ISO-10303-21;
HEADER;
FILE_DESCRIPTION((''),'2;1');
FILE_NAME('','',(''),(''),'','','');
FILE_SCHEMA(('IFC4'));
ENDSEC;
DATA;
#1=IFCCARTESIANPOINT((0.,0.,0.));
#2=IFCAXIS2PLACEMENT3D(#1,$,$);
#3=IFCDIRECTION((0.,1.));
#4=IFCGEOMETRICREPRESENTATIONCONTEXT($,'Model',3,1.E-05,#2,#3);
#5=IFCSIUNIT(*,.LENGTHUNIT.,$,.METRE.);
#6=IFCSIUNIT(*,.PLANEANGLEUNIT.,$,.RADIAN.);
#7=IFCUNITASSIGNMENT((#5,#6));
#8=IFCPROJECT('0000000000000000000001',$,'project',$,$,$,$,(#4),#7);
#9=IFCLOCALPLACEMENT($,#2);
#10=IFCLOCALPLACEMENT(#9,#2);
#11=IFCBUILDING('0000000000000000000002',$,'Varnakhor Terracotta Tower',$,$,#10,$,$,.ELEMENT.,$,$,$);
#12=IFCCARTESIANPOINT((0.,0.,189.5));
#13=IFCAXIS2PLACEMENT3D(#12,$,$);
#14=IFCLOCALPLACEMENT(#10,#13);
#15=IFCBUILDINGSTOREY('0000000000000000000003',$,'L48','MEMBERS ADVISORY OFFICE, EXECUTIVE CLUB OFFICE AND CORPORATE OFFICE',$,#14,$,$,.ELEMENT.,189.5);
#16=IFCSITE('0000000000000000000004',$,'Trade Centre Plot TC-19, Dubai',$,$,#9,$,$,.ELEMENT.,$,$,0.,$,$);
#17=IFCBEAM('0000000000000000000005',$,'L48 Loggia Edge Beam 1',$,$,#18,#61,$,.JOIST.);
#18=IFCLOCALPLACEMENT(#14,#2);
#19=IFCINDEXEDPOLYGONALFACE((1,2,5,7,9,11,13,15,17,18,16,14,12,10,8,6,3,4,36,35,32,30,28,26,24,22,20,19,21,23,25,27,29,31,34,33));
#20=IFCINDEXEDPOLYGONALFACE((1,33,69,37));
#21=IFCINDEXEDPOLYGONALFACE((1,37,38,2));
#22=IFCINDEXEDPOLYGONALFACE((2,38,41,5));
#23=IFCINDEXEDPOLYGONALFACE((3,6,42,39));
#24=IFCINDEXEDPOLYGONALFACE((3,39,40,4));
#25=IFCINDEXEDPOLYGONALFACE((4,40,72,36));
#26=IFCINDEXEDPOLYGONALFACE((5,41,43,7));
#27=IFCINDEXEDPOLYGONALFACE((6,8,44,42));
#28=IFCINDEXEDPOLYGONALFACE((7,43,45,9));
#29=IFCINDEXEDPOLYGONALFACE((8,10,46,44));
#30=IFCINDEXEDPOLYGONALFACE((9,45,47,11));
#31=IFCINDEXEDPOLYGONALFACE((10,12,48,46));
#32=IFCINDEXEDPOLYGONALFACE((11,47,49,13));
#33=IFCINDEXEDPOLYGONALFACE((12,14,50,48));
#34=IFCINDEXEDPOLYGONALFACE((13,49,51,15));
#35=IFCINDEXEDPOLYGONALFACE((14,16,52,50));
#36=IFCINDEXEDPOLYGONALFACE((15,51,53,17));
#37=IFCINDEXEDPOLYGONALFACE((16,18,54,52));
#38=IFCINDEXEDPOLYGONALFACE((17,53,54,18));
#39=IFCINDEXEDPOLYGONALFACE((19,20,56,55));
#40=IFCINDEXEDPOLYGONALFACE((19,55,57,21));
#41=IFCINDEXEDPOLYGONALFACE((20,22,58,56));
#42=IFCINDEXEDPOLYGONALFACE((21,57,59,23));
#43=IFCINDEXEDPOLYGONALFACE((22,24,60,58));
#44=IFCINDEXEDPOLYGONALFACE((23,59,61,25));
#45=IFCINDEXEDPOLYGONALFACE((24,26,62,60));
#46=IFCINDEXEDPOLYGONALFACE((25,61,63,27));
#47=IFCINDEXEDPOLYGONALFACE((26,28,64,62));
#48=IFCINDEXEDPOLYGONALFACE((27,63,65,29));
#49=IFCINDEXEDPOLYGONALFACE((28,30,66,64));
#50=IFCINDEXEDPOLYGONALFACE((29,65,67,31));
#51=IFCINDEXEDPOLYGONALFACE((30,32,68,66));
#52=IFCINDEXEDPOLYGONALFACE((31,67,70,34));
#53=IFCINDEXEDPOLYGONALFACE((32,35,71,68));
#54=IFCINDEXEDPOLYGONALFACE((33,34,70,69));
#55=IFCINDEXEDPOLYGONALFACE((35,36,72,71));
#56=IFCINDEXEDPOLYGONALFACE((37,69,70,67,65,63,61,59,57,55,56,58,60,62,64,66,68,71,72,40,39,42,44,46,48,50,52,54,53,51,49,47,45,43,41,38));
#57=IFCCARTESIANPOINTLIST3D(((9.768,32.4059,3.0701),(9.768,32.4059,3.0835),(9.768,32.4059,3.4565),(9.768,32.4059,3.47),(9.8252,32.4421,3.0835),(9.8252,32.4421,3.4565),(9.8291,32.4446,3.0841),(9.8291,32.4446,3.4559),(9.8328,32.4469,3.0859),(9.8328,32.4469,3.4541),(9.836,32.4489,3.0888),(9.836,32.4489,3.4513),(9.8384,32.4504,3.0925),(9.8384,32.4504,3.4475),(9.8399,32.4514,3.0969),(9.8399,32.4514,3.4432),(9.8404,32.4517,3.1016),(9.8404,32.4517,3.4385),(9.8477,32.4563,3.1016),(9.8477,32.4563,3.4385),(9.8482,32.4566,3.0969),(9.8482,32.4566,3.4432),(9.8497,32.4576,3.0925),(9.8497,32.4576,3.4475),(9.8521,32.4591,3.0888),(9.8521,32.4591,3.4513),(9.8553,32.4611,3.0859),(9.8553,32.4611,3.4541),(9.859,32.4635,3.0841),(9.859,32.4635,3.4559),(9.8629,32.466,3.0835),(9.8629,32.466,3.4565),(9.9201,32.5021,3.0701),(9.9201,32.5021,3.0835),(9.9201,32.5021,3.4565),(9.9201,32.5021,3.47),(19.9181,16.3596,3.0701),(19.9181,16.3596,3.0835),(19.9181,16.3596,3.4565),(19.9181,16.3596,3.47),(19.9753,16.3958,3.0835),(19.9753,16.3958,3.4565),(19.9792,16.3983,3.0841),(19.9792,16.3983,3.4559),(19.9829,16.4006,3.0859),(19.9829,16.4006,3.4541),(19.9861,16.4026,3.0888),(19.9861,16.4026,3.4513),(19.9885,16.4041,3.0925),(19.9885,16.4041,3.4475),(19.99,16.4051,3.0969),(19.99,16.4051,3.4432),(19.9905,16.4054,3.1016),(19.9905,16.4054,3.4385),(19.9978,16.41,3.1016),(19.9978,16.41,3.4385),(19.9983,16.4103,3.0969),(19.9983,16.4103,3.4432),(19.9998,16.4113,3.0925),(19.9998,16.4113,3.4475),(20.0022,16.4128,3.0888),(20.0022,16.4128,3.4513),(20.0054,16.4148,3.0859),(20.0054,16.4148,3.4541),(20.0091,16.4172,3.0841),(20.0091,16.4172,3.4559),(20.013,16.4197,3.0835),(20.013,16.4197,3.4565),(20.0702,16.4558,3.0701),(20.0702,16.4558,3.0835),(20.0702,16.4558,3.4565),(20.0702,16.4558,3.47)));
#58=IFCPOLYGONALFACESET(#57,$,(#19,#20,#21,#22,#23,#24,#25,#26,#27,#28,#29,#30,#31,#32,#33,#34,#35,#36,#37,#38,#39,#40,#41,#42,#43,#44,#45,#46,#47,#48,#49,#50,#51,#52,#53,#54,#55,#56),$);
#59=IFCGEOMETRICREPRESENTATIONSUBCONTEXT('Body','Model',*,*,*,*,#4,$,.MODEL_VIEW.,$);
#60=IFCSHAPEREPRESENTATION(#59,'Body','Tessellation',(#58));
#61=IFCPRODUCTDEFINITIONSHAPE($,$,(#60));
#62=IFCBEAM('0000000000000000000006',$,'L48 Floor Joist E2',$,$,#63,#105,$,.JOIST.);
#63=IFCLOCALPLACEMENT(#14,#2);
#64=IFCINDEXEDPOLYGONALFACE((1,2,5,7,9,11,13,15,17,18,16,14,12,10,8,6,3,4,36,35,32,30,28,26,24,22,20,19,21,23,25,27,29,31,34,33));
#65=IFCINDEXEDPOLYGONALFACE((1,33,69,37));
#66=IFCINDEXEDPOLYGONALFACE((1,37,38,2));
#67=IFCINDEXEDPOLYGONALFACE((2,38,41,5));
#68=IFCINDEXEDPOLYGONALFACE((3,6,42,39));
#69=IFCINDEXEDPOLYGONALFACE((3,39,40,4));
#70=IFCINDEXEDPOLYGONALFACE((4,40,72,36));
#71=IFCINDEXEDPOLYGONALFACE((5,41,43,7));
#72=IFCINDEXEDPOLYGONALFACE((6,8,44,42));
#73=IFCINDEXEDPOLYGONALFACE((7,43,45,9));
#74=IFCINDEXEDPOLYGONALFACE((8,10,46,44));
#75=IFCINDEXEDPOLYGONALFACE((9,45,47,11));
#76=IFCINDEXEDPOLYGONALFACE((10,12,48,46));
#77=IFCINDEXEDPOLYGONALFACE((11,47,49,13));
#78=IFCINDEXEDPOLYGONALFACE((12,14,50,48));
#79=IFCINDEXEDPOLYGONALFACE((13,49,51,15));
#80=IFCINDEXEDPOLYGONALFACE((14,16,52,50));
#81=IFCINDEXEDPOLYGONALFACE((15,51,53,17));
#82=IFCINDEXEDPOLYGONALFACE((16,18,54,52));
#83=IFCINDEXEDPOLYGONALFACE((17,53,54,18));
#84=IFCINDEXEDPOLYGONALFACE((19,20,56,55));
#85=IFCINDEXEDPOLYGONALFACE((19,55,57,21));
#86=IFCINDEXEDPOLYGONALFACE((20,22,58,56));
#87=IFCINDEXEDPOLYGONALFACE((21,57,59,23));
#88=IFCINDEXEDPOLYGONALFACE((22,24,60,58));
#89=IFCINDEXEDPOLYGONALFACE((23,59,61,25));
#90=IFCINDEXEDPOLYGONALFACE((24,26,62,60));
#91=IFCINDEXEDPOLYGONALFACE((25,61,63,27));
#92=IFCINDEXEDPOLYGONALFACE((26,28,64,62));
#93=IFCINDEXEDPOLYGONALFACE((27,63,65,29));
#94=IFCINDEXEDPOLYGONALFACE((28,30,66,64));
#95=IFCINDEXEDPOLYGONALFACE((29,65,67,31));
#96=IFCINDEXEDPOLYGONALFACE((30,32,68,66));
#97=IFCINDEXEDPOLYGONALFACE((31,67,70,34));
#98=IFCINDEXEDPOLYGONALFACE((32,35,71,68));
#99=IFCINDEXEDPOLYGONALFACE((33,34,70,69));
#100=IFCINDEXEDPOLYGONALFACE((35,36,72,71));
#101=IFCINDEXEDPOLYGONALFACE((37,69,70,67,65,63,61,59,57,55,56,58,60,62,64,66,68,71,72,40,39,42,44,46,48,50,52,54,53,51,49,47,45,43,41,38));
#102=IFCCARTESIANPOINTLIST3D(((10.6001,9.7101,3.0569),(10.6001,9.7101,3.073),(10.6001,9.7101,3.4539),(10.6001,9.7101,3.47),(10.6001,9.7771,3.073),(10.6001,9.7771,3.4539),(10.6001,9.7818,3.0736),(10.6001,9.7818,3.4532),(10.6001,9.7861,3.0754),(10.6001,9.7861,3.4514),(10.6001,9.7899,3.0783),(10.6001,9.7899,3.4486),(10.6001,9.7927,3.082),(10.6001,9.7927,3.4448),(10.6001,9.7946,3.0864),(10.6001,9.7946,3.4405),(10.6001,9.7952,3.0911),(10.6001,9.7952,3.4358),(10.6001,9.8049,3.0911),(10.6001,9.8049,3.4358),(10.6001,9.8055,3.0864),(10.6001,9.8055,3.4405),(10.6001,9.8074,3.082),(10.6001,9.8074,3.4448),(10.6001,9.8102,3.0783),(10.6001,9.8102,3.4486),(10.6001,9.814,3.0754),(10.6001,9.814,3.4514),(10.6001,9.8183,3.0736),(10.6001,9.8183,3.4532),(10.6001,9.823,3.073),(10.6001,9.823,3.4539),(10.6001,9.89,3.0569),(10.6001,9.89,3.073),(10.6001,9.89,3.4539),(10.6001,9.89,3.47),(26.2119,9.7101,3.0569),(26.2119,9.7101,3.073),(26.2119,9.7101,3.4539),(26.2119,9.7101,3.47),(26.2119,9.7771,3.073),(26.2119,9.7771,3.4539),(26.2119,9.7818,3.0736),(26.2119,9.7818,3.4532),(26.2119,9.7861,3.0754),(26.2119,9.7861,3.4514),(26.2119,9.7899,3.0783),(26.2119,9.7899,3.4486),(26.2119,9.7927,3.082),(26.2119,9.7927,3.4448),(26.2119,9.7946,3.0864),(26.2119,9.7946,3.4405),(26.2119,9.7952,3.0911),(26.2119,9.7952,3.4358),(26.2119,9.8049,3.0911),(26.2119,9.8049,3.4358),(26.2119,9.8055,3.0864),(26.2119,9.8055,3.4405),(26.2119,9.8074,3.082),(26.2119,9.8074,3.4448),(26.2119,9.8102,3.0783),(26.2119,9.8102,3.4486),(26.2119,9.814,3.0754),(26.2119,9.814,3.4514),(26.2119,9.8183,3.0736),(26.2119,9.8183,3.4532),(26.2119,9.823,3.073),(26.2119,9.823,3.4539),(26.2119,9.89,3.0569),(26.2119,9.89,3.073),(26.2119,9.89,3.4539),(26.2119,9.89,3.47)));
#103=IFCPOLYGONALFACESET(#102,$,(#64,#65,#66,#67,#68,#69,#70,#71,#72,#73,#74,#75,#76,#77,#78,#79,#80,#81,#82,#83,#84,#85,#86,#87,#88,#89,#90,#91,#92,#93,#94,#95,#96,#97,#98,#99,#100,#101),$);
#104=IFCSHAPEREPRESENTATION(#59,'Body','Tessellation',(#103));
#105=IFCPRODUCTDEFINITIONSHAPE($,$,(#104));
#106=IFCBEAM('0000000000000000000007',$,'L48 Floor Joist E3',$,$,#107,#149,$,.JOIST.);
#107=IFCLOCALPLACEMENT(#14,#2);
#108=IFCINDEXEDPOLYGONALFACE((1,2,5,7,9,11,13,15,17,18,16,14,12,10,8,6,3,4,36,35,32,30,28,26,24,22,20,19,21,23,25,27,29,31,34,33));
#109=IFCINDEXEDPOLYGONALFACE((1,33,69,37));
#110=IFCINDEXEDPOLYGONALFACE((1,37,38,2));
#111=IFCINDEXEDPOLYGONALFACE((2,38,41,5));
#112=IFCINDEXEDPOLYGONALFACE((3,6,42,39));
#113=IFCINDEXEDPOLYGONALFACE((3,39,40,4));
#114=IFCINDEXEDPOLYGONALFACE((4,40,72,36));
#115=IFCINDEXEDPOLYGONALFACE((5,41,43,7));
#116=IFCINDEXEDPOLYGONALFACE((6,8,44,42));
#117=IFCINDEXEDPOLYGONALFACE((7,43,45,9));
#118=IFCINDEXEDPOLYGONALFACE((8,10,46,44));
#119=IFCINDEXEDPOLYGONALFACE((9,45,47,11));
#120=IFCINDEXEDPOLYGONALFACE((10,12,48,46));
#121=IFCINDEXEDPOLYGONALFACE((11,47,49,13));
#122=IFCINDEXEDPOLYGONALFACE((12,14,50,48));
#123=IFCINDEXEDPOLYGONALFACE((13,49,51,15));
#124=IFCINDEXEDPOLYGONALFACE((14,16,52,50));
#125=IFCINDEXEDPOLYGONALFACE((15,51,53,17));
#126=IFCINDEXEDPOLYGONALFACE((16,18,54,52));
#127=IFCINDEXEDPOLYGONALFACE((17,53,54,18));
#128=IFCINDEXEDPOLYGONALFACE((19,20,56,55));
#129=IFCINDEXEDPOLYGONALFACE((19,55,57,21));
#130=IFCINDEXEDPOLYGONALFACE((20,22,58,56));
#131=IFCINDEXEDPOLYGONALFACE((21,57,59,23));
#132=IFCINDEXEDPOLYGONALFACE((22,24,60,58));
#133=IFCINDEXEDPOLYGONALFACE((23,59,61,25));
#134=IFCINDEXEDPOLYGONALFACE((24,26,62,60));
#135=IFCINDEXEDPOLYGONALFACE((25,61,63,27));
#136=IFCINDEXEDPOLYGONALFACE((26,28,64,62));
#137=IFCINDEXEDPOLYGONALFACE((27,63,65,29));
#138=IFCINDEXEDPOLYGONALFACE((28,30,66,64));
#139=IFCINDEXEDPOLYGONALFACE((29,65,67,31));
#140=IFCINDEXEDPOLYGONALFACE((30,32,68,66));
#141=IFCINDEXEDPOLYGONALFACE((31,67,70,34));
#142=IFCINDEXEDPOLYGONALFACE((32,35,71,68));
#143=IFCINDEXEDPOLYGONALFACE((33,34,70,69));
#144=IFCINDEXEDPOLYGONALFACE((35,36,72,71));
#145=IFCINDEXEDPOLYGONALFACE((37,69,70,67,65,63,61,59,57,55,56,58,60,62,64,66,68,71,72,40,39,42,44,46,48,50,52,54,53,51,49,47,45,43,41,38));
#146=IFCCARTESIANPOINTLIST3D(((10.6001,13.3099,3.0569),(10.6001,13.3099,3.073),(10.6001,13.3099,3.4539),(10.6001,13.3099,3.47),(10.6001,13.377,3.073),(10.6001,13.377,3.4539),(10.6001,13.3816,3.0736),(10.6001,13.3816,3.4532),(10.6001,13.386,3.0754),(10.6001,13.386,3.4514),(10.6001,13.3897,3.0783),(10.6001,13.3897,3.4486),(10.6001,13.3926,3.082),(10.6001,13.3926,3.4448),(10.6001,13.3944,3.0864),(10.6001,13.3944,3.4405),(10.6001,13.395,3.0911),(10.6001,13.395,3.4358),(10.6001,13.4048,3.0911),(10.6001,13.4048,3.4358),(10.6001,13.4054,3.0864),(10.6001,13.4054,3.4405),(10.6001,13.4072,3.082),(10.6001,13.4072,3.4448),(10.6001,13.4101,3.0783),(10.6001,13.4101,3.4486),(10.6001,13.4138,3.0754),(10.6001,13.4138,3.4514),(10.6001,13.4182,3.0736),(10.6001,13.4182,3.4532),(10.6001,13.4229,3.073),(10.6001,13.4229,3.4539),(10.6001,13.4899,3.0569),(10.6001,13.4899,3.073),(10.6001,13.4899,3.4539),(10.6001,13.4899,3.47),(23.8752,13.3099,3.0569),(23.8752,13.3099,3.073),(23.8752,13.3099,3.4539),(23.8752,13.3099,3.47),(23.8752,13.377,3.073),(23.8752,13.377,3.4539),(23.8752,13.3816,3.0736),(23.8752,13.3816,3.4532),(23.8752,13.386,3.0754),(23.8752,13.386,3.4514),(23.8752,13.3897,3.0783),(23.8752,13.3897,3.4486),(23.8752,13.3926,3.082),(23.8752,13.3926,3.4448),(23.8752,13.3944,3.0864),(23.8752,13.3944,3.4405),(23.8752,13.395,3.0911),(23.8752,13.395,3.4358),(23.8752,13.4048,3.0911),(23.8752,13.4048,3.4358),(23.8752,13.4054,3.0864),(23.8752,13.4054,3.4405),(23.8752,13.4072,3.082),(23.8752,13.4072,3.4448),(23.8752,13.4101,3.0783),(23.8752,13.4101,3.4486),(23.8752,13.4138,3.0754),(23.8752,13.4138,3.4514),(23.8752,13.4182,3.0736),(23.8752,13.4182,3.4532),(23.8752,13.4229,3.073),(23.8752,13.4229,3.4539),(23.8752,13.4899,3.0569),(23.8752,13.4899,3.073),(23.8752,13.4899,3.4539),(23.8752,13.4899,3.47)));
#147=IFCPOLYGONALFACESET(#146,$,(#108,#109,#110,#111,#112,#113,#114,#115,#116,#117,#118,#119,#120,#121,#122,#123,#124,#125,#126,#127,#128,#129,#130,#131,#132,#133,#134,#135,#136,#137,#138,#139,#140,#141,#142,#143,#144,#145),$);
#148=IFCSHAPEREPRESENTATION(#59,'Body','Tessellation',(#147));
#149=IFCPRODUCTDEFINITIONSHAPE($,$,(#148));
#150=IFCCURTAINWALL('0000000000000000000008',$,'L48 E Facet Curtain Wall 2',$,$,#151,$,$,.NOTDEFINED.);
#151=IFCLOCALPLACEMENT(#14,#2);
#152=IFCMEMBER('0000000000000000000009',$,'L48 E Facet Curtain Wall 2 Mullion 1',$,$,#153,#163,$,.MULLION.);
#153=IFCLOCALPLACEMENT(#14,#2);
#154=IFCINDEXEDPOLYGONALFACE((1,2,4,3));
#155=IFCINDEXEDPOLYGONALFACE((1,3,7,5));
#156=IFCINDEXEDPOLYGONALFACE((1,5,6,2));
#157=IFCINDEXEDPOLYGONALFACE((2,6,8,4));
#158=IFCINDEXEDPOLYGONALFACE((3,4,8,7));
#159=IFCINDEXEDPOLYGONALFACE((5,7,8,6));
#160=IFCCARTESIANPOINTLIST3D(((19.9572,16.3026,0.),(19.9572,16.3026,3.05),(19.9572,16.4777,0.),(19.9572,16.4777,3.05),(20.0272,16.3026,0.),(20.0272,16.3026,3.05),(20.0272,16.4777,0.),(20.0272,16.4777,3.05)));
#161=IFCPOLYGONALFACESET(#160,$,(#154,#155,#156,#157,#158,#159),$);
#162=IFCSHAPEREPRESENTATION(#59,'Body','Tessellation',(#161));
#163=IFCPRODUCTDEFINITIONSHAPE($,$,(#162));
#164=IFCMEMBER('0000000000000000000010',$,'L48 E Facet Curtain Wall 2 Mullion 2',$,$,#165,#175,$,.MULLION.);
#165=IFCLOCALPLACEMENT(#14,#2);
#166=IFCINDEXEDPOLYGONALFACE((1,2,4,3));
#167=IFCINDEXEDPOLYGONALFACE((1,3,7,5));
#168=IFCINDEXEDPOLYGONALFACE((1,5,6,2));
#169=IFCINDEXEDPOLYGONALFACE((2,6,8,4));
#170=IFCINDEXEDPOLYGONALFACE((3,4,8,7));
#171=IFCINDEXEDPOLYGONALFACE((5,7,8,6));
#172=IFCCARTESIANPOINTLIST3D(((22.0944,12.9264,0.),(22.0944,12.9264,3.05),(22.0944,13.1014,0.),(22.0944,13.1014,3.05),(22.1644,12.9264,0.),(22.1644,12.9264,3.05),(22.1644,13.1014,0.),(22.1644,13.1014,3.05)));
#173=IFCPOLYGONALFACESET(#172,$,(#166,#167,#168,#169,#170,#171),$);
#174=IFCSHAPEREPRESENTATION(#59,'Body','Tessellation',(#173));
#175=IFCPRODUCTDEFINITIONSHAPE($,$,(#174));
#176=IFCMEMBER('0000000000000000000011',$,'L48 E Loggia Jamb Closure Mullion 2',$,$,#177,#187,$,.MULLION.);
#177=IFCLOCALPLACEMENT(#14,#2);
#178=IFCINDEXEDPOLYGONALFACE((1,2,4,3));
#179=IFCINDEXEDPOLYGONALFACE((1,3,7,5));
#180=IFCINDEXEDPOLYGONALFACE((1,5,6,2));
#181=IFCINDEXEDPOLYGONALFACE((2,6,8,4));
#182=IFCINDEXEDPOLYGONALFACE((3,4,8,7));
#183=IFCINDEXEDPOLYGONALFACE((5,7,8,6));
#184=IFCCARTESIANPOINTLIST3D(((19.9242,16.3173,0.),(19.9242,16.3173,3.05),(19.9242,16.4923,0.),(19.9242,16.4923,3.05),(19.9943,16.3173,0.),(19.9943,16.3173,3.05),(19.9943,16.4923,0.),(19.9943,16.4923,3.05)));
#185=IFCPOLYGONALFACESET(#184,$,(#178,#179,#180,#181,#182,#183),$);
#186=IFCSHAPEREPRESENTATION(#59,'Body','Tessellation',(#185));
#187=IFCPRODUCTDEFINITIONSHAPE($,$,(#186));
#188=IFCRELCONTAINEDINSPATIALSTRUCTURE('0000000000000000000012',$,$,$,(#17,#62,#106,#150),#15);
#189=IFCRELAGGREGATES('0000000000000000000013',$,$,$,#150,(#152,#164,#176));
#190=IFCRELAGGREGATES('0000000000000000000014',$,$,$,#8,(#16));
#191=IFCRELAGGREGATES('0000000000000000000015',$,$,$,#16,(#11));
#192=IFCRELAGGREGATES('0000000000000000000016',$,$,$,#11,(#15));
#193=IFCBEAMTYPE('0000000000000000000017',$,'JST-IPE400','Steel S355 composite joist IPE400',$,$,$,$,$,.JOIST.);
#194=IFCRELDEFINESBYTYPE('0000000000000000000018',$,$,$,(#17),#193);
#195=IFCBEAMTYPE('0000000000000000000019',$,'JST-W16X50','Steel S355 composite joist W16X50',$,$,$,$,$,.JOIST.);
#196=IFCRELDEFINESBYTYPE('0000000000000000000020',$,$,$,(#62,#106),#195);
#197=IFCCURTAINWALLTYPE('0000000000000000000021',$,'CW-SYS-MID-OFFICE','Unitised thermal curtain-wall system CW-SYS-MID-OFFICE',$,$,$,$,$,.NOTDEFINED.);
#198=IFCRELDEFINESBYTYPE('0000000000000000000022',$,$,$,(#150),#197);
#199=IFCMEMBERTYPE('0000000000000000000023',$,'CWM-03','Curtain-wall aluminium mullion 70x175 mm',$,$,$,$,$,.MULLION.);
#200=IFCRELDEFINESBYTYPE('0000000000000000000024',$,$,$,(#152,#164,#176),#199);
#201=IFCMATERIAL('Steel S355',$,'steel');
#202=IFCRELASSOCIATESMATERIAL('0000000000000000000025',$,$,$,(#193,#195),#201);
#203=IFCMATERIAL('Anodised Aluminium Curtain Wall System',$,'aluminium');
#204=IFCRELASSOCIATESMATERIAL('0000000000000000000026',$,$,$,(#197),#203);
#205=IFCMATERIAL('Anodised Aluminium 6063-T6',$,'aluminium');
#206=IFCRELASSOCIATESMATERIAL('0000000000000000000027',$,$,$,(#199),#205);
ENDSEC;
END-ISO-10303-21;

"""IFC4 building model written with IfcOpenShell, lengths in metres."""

from ifc_helpers import new_model, si_unit, direction, frame, origin, origin_2d, place, context, subcontext, project, spatial, rectangle, i_section, extrude, source, transform, mapped, material, material_profile, profile_set, type_object, element, aggregate, save


model = new_model("IFC4")

# Units and contexts
model_context = context("Model", 3, precision=1e-05, world=origin(), true_north=direction((0.0, 1.0)))
body_context = subcontext(model_context, "Body", "Model", "MODEL_VIEW")
ifc_project = project(units=[si_unit("LENGTHUNIT", "METRE"), si_unit("PLANEANGLEUNIT", "RADIAN")], contexts=[model_context])

# Site, building, storey
site_placement = place(None, origin())
site = spatial("IfcSite", under=ifc_project, at=site_placement, Name="Trade Centre Plot TC-19, Dubai", CompositionType="ELEMENT", RefElevation=0.0)
building_placement = place(site_placement, origin())
building = spatial("IfcBuilding", under=site, at=building_placement, Name="Varnakhor Terracotta Tower", CompositionType="ELEMENT")
storey_placement = place(building_placement, frame((0.0, 0.0, 189.5)))
storey = spatial("IfcBuildingStorey", under=building, at=storey_placement, Name="L48", Description="MEMBERS ADVISORY OFFICE, EXECUTIVE CLUB OFFICE AND CORPORATE OFFICE", CompositionType="ELEMENT", Elevation=189.5)

# Beams
ifc_material_1 = material(Name="Steel S355", Category="steel")
ifc_material_profile_1 = material_profile(ifc_material_1, i_section(OverallWidth=0.1799, OverallDepth=0.3999, WebThickness=0.0085, FlangeThickness=0.0134, FilletRadius=0.0181, at=origin_2d()), Name="IPE400")
ifc_profile_set_1 = profile_set([ifc_material_profile_1], Name="Steel S355")
beam_type_1 = type_object("IfcBeamType", Name="JST-IPE400", Description="Steel S355 composite joist IPE400", PredefinedType="JOIST", material=ifc_profile_set_1)
shared_shape_1 = source(origin(), body_context, "Body", "SweptSolid", [
    extrude(i_section(OverallWidth=0.1799, OverallDepth=0.3999, WebThickness=0.0085, FlangeThickness=0.0134, FilletRadius=0.0181, at=origin_2d()), origin(), (0.0, 0.0, 1.0), 18.9871),
])
beam_1_placement = place(storey_placement, frame((19.9941, 16.4077, 3.27), z_axis=(-0.53458, 0.845118, 0.0), x_axis=(-0.845118, -0.53458, 0.0)))
element("IfcBeam", 1, at=beam_1_placement, inside=storey, type_object=beam_type_1, Name="L48 Loggia Edge Beam 1", PredefinedType="JOIST", context=body_context, shape_type="MappedRepresentation", body=[
    mapped(shared_shape_1, transform((0.0, 0.0, 0.0), scale=1.0)),
])
ifc_material_profile_2 = material_profile(ifc_material_1, i_section(OverallWidth=0.1799, OverallDepth=0.4131, WebThickness=0.0098, FlangeThickness=0.0161, FilletRadius=0.0181, at=origin_2d()), Name="W16X50")
ifc_profile_set_2 = profile_set([ifc_material_profile_2], Name="Steel S355")
beam_type_2 = type_object("IfcBeamType", Name="JST-W16X50", Description="Steel S355 composite joist W16X50", PredefinedType="JOIST", material=ifc_profile_set_2)
shared_shape_2 = source(origin(), body_context, "Body", "SweptSolid", [
    extrude(i_section(OverallWidth=0.1799, OverallDepth=0.4131, WebThickness=0.0098, FlangeThickness=0.0161, FilletRadius=0.0181, at=origin_2d()), origin(), (0.0, 0.0, 1.0), 15.6118),
])
beam_2_placement = place(storey_placement, frame((10.6001, 9.8, 3.2634), z_axis=(1.0, 0.0, 0.0), x_axis=(0.0, 1.0, 0.0)))
element("IfcBeam", 2, at=beam_2_placement, inside=storey, type_object=beam_type_2, Name="L48 Floor Joist E2", PredefinedType="JOIST", context=body_context, shape_type="MappedRepresentation", body=[
    mapped(shared_shape_2, transform((0.0, 0.0, 0.0), scale=1.0)),
])
shared_shape_3 = source(origin(), body_context, "Body", "SweptSolid", [
    extrude(i_section(OverallWidth=0.1799, OverallDepth=0.4131, WebThickness=0.0098, FlangeThickness=0.0161, FilletRadius=0.0181, at=origin_2d()), origin(), (0.0, 0.0, 1.0), 13.2751),
])
beam_3_placement = place(storey_placement, frame((10.6001, 13.3999, 3.2634), z_axis=(1.0, 0.0, 0.0), x_axis=(0.0, 1.0, 0.0)))
element("IfcBeam", 3, at=beam_3_placement, inside=storey, type_object=beam_type_2, Name="L48 Floor Joist E3", PredefinedType="JOIST", context=body_context, shape_type="MappedRepresentation", body=[
    mapped(shared_shape_3, transform((0.0, 0.0, 0.0), scale=1.0)),
])

# Curtain wall, members
ifc_material_2 = material(Name="Anodised Aluminium Curtain Wall System", Category="aluminium")
curtain_wall_type = type_object("IfcCurtainWallType", Name="CW-SYS-MID-OFFICE", Description="Unitised thermal curtain-wall system CW-SYS-MID-OFFICE", PredefinedType="NOTDEFINED", material=ifc_material_2)
curtain_wall_placement = place(storey_placement, origin())
curtain_wall = element("IfcCurtainWall", 4, at=curtain_wall_placement, inside=storey, type_object=curtain_wall_type, Name="L48 E Facet Curtain Wall 2", PredefinedType="NOTDEFINED")
ifc_material_3 = material(Name="Anodised Aluminium 6063-T6", Category="aluminium")
ifc_material_profile_3 = material_profile(ifc_material_3, rectangle(XDim=0.0701, YDim=0.175, at=origin_2d()), Name="ALU MULLION 70x175")
ifc_profile_set_3 = profile_set([ifc_material_profile_3], Name="Anodised Aluminium 6063-T6")
member_type_1 = type_object("IfcMemberType", Name="CWM-03", Description="Curtain-wall aluminium mullion 70x175 mm", PredefinedType="MULLION", material=ifc_profile_set_3)
shared_shape_4 = source(origin(), body_context, "Body", "SweptSolid", [
    extrude(rectangle(XDim=0.0701, YDim=0.175, at=origin_2d()), origin(), (0.0, 0.0, 1.0), 3.05),
])
member_1_placement = place(storey_placement, frame((19.9922, 16.3901, 0.0), z_axis=(0.0, 0.0, 1.0), x_axis=(1.0, 0.0, 0.0)))
member_1 = element("IfcMember", 5, at=member_1_placement, type_object=member_type_1, Name="L48 E Facet Curtain Wall 2 Mullion 1", PredefinedType="MULLION", context=body_context, shape_type="MappedRepresentation", body=[
    mapped(shared_shape_4, transform((0.0, 0.0, 0.0), scale=1.0)),
])
member_2_placement = place(storey_placement, frame((22.1294, 13.0139, 0.0), z_axis=(0.0, 0.0, 1.0), x_axis=(1.0, 0.0, 0.0)))
member_2 = element("IfcMember", 6, at=member_2_placement, type_object=member_type_1, Name="L48 E Facet Curtain Wall 2 Mullion 2", PredefinedType="MULLION", context=body_context, shape_type="MappedRepresentation", body=[
    mapped(shared_shape_4, transform((0.0, 0.0, 0.0), scale=1.0)),
])
member_3_placement = place(storey_placement, frame((19.9592, 16.4048, 0.0), z_axis=(0.0, 0.0, 1.0), x_axis=(1.0, 0.0, 0.0)))
member_3 = element("IfcMember", 7, at=member_3_placement, type_object=member_type_1, Name="L48 E Loggia Jamb Closure Mullion 2", PredefinedType="MULLION", context=body_context, shape_type="MappedRepresentation", body=[
    mapped(shared_shape_4, transform((0.0, 0.0, 0.0), scale=1.0)),
])

aggregate(curtain_wall, [member_1, member_2, member_3])

save(model, "model.ifc")
